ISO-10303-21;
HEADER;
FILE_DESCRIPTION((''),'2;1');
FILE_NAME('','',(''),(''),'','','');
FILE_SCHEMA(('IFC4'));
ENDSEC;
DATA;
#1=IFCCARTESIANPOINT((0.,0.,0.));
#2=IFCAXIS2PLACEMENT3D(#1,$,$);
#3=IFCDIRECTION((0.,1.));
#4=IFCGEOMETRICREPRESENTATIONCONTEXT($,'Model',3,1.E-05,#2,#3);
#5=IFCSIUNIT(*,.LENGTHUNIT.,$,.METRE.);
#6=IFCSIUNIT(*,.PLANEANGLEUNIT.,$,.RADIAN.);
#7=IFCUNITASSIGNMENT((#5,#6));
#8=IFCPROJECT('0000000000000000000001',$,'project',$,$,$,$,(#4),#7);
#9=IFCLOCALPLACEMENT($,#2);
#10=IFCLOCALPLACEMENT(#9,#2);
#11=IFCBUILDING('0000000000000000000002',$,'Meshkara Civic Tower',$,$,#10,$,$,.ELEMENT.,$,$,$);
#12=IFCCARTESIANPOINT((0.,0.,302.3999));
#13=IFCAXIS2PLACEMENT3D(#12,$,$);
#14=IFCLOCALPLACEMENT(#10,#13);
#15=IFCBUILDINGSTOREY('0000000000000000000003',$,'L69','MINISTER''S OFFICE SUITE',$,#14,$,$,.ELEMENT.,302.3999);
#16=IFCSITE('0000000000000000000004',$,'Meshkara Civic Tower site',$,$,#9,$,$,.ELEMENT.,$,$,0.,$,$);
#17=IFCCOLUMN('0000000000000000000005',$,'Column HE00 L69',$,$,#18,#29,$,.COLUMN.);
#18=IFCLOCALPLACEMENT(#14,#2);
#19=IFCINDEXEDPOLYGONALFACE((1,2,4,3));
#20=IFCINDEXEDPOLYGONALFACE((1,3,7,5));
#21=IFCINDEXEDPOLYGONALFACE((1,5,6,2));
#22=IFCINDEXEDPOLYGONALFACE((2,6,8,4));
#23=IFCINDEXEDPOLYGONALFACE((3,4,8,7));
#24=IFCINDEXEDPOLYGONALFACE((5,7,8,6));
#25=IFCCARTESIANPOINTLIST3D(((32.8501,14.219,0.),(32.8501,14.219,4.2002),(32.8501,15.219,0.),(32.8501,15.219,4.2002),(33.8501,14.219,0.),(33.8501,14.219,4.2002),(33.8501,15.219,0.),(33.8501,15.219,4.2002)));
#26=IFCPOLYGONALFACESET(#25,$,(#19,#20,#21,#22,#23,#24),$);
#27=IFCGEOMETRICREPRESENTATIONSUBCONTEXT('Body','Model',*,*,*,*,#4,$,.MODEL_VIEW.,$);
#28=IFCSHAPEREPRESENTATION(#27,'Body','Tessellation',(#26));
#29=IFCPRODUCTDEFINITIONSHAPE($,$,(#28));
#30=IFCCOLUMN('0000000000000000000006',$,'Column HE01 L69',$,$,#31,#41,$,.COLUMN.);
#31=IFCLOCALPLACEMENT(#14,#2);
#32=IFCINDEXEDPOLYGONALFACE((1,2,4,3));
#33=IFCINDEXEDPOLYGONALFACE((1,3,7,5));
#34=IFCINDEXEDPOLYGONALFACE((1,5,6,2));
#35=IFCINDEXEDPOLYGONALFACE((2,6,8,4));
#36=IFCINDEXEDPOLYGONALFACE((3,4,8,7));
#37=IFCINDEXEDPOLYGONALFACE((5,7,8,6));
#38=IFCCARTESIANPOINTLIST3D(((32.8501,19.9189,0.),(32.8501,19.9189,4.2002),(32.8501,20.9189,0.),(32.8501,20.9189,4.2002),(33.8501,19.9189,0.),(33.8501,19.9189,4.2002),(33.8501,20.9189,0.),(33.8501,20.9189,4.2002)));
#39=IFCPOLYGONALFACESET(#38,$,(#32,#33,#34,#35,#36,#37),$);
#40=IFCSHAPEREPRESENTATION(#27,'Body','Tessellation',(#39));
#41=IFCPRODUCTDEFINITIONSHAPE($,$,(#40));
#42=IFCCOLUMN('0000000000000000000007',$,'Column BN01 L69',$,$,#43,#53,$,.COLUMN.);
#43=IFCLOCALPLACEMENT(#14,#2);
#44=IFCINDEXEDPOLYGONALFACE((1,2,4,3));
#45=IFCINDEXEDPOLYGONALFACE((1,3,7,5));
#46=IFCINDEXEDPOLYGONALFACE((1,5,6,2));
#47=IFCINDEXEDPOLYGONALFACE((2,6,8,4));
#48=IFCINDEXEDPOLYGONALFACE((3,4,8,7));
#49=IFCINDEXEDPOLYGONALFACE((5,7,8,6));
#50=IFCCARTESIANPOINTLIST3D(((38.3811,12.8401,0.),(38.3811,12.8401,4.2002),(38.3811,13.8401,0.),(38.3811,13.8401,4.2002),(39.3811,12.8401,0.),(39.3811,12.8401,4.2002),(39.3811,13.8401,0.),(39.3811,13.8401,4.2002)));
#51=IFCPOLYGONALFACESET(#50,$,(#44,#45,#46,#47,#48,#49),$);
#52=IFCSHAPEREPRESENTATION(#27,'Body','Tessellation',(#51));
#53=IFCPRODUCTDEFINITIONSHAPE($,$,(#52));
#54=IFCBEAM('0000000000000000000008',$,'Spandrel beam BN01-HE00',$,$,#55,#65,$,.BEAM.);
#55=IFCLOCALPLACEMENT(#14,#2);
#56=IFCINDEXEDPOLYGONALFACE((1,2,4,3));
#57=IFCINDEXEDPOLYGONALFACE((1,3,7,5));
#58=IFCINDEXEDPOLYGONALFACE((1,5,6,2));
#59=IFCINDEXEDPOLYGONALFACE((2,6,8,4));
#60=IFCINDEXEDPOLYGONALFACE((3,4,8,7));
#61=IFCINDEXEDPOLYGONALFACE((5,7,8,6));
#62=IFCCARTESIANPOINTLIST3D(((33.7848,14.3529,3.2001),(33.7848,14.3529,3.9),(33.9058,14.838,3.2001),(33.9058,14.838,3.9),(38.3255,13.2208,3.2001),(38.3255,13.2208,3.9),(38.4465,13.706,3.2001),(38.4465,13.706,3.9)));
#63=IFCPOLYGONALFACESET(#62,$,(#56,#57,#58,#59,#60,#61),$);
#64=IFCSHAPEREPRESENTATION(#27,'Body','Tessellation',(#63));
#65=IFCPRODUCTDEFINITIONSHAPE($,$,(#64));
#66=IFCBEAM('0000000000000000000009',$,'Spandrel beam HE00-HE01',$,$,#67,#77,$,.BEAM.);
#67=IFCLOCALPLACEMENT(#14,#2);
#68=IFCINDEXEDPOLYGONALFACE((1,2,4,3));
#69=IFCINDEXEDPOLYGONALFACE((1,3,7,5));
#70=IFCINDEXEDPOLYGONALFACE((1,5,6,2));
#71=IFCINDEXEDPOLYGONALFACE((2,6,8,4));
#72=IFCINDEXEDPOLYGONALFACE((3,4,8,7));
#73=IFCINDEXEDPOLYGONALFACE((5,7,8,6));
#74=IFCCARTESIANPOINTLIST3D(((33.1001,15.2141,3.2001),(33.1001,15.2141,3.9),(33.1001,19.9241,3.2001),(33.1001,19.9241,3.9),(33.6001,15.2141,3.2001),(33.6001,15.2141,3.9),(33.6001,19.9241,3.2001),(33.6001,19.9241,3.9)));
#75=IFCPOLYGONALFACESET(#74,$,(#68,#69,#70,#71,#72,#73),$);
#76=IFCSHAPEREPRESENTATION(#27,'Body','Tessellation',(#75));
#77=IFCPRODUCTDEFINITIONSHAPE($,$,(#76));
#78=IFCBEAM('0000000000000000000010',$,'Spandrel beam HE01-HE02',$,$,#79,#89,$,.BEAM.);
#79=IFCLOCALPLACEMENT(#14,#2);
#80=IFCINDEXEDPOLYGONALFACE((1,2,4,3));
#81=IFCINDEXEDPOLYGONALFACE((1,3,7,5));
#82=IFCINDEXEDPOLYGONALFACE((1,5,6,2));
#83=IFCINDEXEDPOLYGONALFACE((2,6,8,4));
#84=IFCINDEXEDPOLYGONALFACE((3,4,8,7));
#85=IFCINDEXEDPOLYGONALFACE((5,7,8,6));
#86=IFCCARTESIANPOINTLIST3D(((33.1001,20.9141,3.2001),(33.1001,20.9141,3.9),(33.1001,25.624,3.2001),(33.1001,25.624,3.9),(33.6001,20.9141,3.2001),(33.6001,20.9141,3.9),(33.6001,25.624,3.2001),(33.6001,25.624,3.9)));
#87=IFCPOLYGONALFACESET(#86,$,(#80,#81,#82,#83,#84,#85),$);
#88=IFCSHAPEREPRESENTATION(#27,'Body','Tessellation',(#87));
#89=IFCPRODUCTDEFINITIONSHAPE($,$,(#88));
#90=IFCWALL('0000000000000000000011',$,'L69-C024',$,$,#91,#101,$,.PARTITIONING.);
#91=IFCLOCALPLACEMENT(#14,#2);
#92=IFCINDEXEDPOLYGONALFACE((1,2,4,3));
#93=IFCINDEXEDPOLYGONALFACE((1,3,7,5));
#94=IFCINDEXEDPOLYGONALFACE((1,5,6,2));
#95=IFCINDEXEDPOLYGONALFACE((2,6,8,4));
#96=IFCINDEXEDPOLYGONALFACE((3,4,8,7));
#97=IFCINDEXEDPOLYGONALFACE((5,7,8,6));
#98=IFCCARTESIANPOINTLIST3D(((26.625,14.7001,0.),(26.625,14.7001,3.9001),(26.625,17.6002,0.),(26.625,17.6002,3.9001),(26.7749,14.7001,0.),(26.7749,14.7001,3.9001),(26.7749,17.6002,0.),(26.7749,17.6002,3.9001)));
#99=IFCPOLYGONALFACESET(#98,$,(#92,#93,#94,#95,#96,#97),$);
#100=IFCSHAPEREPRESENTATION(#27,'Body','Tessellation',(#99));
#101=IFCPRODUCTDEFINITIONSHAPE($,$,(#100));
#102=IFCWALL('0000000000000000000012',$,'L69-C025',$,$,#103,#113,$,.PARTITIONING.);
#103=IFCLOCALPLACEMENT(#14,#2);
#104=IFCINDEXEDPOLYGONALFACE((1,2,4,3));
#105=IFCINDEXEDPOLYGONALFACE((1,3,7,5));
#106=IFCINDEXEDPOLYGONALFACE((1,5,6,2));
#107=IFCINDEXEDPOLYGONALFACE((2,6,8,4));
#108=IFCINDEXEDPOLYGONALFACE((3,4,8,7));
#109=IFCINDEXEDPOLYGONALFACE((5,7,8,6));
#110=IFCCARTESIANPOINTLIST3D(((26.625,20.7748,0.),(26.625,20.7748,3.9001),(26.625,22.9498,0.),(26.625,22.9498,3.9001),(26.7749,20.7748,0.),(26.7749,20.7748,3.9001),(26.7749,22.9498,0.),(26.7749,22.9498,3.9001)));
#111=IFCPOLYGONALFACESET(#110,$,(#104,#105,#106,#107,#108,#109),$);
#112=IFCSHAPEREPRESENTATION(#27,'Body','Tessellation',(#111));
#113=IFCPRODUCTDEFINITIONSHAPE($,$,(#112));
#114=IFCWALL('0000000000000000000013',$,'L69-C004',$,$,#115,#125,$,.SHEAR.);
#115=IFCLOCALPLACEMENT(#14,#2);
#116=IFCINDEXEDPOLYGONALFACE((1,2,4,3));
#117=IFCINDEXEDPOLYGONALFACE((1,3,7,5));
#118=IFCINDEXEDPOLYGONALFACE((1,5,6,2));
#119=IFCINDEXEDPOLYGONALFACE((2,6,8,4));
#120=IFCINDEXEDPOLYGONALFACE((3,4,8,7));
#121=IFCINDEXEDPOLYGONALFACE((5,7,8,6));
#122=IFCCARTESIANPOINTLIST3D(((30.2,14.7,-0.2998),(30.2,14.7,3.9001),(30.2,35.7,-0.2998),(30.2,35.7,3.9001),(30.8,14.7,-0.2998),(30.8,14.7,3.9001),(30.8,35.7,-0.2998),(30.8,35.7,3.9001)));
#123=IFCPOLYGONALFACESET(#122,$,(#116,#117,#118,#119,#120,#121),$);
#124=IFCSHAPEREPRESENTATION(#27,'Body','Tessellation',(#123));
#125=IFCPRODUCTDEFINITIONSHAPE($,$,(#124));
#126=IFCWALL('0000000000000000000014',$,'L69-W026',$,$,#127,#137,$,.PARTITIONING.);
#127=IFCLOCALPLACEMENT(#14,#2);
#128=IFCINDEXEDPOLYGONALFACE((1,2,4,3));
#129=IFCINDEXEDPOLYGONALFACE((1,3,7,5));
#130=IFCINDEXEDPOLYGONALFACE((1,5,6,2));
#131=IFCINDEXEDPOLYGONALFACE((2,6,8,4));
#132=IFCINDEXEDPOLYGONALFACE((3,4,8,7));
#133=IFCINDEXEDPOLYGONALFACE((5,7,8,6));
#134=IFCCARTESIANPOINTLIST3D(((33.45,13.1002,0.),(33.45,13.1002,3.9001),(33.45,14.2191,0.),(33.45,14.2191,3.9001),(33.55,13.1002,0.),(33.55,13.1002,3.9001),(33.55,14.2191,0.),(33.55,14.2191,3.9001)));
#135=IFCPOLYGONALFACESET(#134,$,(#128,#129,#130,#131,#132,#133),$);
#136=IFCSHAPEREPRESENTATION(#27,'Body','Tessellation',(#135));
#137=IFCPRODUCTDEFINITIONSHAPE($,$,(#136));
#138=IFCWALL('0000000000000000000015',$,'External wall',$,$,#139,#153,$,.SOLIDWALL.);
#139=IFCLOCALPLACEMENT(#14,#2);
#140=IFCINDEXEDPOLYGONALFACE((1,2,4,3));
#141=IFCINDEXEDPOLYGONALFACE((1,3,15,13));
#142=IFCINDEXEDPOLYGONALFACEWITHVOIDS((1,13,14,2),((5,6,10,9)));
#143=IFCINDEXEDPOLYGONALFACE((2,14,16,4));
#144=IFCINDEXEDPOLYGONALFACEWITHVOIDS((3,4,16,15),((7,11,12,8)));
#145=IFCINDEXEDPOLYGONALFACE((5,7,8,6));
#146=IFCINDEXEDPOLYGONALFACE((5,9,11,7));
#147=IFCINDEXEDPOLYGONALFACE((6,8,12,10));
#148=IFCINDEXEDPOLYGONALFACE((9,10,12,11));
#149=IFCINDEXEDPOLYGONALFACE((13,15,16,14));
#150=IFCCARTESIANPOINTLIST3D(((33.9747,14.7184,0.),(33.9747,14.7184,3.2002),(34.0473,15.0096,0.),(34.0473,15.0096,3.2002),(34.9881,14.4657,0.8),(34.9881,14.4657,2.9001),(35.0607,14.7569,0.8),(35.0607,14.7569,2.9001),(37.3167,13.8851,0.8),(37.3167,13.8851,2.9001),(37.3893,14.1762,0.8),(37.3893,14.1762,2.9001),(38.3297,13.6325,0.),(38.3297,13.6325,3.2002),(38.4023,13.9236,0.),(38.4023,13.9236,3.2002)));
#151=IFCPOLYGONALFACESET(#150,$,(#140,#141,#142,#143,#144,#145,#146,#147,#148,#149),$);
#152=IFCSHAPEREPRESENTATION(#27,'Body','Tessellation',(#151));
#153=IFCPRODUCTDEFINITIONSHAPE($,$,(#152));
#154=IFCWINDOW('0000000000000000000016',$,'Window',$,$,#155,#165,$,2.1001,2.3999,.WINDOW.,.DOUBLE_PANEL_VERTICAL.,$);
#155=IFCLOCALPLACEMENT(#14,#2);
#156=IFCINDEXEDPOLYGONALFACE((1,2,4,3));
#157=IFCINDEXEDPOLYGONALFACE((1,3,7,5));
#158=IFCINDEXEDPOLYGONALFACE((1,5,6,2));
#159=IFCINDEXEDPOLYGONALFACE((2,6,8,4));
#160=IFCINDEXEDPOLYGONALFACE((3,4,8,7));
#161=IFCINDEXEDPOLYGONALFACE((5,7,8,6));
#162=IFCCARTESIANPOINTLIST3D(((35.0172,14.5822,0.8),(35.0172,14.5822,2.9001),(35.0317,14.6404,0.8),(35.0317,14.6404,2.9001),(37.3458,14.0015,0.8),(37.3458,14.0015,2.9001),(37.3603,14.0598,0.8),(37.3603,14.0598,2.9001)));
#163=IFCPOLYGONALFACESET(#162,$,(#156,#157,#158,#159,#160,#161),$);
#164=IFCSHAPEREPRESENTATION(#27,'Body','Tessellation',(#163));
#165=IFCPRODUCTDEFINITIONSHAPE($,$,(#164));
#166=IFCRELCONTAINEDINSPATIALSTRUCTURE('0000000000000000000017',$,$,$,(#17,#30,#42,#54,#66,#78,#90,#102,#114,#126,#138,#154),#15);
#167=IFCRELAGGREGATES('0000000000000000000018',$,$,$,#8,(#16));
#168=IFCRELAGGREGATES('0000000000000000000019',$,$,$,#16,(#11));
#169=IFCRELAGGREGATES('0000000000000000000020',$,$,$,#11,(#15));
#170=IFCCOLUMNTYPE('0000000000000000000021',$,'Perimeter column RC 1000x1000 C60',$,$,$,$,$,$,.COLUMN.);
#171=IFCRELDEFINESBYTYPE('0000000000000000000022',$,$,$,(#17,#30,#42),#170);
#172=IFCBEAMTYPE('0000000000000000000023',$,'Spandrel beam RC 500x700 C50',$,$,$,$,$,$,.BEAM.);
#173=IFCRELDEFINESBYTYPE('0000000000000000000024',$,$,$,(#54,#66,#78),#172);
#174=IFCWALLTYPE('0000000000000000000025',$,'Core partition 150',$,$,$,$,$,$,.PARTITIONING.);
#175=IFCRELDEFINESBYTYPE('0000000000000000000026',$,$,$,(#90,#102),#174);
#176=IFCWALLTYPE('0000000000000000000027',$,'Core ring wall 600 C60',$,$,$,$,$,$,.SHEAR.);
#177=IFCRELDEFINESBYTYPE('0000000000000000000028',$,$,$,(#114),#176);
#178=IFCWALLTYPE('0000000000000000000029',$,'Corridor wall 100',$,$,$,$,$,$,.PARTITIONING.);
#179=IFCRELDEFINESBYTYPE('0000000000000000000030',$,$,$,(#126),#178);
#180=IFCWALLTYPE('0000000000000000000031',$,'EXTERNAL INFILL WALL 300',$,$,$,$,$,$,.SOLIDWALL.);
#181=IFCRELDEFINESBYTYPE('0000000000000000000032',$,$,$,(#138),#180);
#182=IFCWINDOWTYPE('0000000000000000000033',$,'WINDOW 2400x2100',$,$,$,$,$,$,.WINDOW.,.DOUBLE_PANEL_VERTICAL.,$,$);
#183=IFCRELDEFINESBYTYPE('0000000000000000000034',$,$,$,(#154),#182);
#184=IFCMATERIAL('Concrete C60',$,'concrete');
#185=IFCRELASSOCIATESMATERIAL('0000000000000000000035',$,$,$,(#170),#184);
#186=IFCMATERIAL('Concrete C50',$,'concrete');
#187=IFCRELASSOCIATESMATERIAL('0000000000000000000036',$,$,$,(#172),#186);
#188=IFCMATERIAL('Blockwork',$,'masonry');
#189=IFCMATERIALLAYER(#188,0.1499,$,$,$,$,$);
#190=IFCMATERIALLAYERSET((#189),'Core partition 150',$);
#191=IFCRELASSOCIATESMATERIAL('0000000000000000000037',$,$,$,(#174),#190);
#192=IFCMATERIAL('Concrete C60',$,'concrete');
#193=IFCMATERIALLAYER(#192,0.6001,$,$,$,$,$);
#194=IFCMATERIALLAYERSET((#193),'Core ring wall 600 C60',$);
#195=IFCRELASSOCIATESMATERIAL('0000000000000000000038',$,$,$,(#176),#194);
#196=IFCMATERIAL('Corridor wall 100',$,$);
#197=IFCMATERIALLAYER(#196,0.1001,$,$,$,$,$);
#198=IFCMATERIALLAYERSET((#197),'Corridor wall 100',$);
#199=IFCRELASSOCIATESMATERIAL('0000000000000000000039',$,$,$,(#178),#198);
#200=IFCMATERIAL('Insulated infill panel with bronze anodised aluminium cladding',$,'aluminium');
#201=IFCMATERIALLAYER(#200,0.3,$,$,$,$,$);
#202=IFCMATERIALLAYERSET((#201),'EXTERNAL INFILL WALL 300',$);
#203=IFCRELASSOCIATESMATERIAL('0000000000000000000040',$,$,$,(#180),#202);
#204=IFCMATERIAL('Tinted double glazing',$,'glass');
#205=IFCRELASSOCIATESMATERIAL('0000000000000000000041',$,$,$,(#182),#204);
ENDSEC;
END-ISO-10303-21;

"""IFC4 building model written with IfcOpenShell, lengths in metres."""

from ifc_helpers import new_model, si_unit, direction, frame, frame_2d, origin, origin_2d, place, context, subcontext, project, spatial, rectangle, extrude, material, layer, layer_set, material_profile, profile_set, type_object, element, fill, save


model = new_model("IFC4")

# Units and contexts
model_context = context("Model", 3, precision=1e-05, world=origin(), true_north=direction((0.0, 1.0)))
body_context = subcontext(model_context, "Body", "Model", "MODEL_VIEW")
ifc_project = project(units=[si_unit("LENGTHUNIT", "METRE"), si_unit("PLANEANGLEUNIT", "RADIAN")], contexts=[model_context])

# Site, building, storey
site_placement = place(None, origin())
site = spatial("IfcSite", under=ifc_project, at=site_placement, Name="Meshkara Civic Tower site", CompositionType="ELEMENT", RefElevation=0.0)
building_placement = place(site_placement, origin())
building = spatial("IfcBuilding", under=site, at=building_placement, Name="Meshkara Civic Tower", CompositionType="ELEMENT")
storey_placement = place(building_placement, frame((0.0, 0.0, 302.3999)))
storey = spatial("IfcBuildingStorey", under=building, at=storey_placement, Name="L69", Description="MINISTER'S OFFICE SUITE", CompositionType="ELEMENT", Elevation=302.3999)

# Columns
ifc_material_1 = material(Name="Concrete C60", Category="concrete")
ifc_material_profile_1 = material_profile(ifc_material_1, rectangle(XDim=1.0, YDim=1.0, at=origin_2d()))
ifc_profile_set_1 = profile_set([ifc_material_profile_1], Name="Concrete C60")
column_type = type_object("IfcColumnType", Name="Perimeter column RC 1000x1000 C60", PredefinedType="COLUMN", material=ifc_profile_set_1)
for number, where, z_axis, x_axis, name in (
    (1, (33.3501, 14.719, 0.0), (0.0, 0.0, 1.0), (1.0, 0.0, 0.0), "Column HE00 L69"),
    (2, (33.3501, 20.4189, 0.0), (0.0, 0.0, 1.0), (1.0, 0.0, 0.0), "Column HE01 L69"),
    (3, (38.8811, 13.3401, 0.0), (0.0, 0.0, 1.0), (1.0, 0.0, 0.0), "Column BN01 L69"),
):
    element("IfcColumn", number, at=place(storey_placement, frame(where, z_axis=z_axis, x_axis=x_axis)), inside=storey, type_object=column_type, Name=name, PredefinedType="COLUMN", context=body_context, shape_type="SweptSolid", body=[
        extrude(rectangle(XDim=1.0, YDim=1.0, at=origin_2d()), origin(), (0.0, 0.0, 1.0), 4.2002),
    ])

# Beams
ifc_material_2 = material(Name="Concrete C50", Category="concrete")
ifc_material_profile_2 = material_profile(ifc_material_2, rectangle(XDim=0.5, YDim=0.7, at=origin_2d()))
ifc_profile_set_2 = profile_set([ifc_material_profile_2], Name="Concrete C50")
beam_type = type_object("IfcBeamType", Name="Spandrel beam RC 500x700 C50", PredefinedType="BEAM", material=ifc_profile_set_2)
beam_placement = place(storey_placement, frame((38.386, 13.4634, 3.55), z_axis=(-0.970299, 0.24191, 0.0), x_axis=(-0.24191, -0.970299, 0.0)))
element("IfcBeam", 4, at=beam_placement, inside=storey, type_object=beam_type, Name="Spandrel beam BN01-HE00", PredefinedType="BEAM", context=body_context, shape_type="SweptSolid", body=[
    extrude(rectangle(XDim=0.5, YDim=0.7, at=origin_2d()), origin(), (0.0, 0.0, 1.0), 4.6797),
])
for number, where, z_axis, x_axis, name in (
    (5, (33.3501, 15.2141, 3.55), (0.0, 1.0, 0.0), (-1.0, 0.0, 0.0), "Spandrel beam HE00-HE01"),
    (6, (33.3501, 20.9141, 3.55), (0.0, 1.0, 0.0), (-1.0, 0.0, 0.0), "Spandrel beam HE01-HE02"),
):
    element("IfcBeam", number, at=place(storey_placement, frame(where, z_axis=z_axis, x_axis=x_axis)), inside=storey, type_object=beam_type, Name=name, PredefinedType="BEAM", context=body_context, shape_type="SweptSolid", body=[
        extrude(rectangle(XDim=0.5, YDim=0.7, at=origin_2d()), origin(), (0.0, 0.0, 1.0), 4.71),
    ])

# Walls
ifc_material_3 = material(Name="Blockwork", Category="masonry")
ifc_layer_1 = layer(ifc_material_3, 0.1499)
ifc_layer_set_1 = layer_set([ifc_layer_1], Name="Core partition 150")
wall_type_1 = type_object("IfcWallType", Name="Core partition 150", PredefinedType="PARTITIONING", material=ifc_layer_set_1)
wall_1_placement = place(storey_placement, frame((26.7, 14.7, 0.0), z_axis=(0.0, 0.0, 1.0), x_axis=(0.0, 1.0, 0.0)))
element("IfcWall", 7, at=wall_1_placement, inside=storey, type_object=wall_type_1, Name="L69-C024", PredefinedType="PARTITIONING", context=body_context, shape_type="SweptSolid", body=[
    extrude(rectangle(XDim=2.9001, YDim=0.1499, at=frame_2d((1.4502, 0.0))), origin(), (0.0, 0.0, 1.0), 3.9001),
])
wall_2_placement = place(storey_placement, frame((26.7, 20.7749, 0.0), z_axis=(0.0, 0.0, 1.0), x_axis=(0.0, 1.0, 0.0)))
element("IfcWall", 8, at=wall_2_placement, inside=storey, type_object=wall_type_1, Name="L69-C025", PredefinedType="PARTITIONING", context=body_context, shape_type="SweptSolid", body=[
    extrude(rectangle(XDim=2.175, YDim=0.1499, at=frame_2d((1.0874, 0.0))), origin(), (0.0, 0.0, 1.0), 3.9001),
])
ifc_material_4 = material(Name="Concrete C60", Category="concrete")
ifc_layer_2 = layer(ifc_material_4, 0.6001)
ifc_layer_set_2 = layer_set([ifc_layer_2], Name="Core ring wall 600 C60")
wall_type_2 = type_object("IfcWallType", Name="Core ring wall 600 C60", PredefinedType="SHEAR", material=ifc_layer_set_2)
wall_3_placement = place(storey_placement, frame((30.5, 14.7, -0.2998), z_axis=(0.0, 0.0, 1.0), x_axis=(0.0, 1.0, 0.0)))
element("IfcWall", 9, at=wall_3_placement, inside=storey, type_object=wall_type_2, Name="L69-C004", PredefinedType="SHEAR", context=body_context, shape_type="SweptSolid", body=[
    extrude(rectangle(XDim=21.0, YDim=0.6001, at=frame_2d((10.5, 0.0))), origin(), (0.0, 0.0, 1.0), 4.2),
])
ifc_material_5 = material(Name="Corridor wall 100")
ifc_layer_3 = layer(ifc_material_5, 0.1001)
ifc_layer_set_3 = layer_set([ifc_layer_3], Name="Corridor wall 100")
wall_type_3 = type_object("IfcWallType", Name="Corridor wall 100", PredefinedType="PARTITIONING", material=ifc_layer_set_3)
wall_4_placement = place(storey_placement, frame((33.5, 13.1001, 0.0), z_axis=(0.0, 0.0, 1.0), x_axis=(0.0, 1.0, 0.0)))
element("IfcWall", 10, at=wall_4_placement, inside=storey, type_object=wall_type_3, Name="L69-W026", PredefinedType="PARTITIONING", context=body_context, shape_type="SweptSolid", body=[
    extrude(rectangle(XDim=1.1189, YDim=0.1001, at=frame_2d((0.5596, 0.0))), origin(), (0.0, 0.0, 1.0), 3.9001),
])

# Wall, opening, window
ifc_material_6 = material(Name="Insulated infill panel with bronze anodised aluminium cladding", Category="aluminium")
ifc_layer_4 = layer(ifc_material_6, 0.3)
ifc_layer_set_4 = layer_set([ifc_layer_4], Name="EXTERNAL INFILL WALL 300")
wall_type_4 = type_object("IfcWallType", Name="EXTERNAL INFILL WALL 300", PredefinedType="SOLIDWALL", material=ifc_layer_set_4)
wall_5_placement = place(storey_placement, frame((38.366, 13.7781, 0.0), z_axis=(0.0, 0.0, 1.0), x_axis=(-0.97029, 0.241947, 0.0)))
wall_5 = element("IfcWall", 11, at=wall_5_placement, inside=storey, type_object=wall_type_4, Name="External wall", PredefinedType="SOLIDWALL", context=body_context, shape_type="SweptSolid", body=[
    extrude(rectangle(XDim=4.4883, YDim=0.3, at=frame_2d((2.2441, 0.0))), origin(), (0.0, 0.0, 1.0), 3.2002),
])
opening_1_placement = place(wall_5_placement, frame((1.0439, 0.0, 0.8)))
opening_1 = element("IfcOpeningElement", 12, at=opening_1_placement, cuts=wall_5, PredefinedType="OPENING", context=body_context, shape_type="SweptSolid", body=[
    extrude(rectangle(XDim=2.3999, YDim=2.1001, at=frame_2d((1.2, 1.05))), frame((0.0, 0.1599, 0.0), z_axis=(0.0, -1.0, 0.0), x_axis=(1.0, 0.0, 0.0)), (0.0, 0.0, 1.0), 0.3201),
])
ifc_material_7 = material(Name="Tinted double glazing", Category="glass")
window_type = type_object("IfcWindowType", Name="WINDOW 2400x2100", PartitioningType="DOUBLE_PANEL_VERTICAL", PredefinedType="WINDOW", material=ifc_material_7)
window_1_placement = place(opening_1_placement, origin())
window_1 = element("IfcWindow", 13, at=window_1_placement, inside=storey, type_object=window_type, Name="Window", OverallHeight=2.1001, OverallWidth=2.3999, PartitioningType="DOUBLE_PANEL_VERTICAL", PredefinedType="WINDOW", context=body_context, shape_type="SweptSolid", body=[
    extrude(rectangle(XDim=2.3999, YDim=2.1001, at=frame_2d((1.2, 1.05))), frame((0.0, 0.03, 0.0), z_axis=(0.0, -1.0, 0.0), x_axis=(1.0, 0.0, 0.0)), (0.0, 0.0, 1.0), 0.0601),
])
fill(opening_1, window_1)

save(model, "model.ifc")
